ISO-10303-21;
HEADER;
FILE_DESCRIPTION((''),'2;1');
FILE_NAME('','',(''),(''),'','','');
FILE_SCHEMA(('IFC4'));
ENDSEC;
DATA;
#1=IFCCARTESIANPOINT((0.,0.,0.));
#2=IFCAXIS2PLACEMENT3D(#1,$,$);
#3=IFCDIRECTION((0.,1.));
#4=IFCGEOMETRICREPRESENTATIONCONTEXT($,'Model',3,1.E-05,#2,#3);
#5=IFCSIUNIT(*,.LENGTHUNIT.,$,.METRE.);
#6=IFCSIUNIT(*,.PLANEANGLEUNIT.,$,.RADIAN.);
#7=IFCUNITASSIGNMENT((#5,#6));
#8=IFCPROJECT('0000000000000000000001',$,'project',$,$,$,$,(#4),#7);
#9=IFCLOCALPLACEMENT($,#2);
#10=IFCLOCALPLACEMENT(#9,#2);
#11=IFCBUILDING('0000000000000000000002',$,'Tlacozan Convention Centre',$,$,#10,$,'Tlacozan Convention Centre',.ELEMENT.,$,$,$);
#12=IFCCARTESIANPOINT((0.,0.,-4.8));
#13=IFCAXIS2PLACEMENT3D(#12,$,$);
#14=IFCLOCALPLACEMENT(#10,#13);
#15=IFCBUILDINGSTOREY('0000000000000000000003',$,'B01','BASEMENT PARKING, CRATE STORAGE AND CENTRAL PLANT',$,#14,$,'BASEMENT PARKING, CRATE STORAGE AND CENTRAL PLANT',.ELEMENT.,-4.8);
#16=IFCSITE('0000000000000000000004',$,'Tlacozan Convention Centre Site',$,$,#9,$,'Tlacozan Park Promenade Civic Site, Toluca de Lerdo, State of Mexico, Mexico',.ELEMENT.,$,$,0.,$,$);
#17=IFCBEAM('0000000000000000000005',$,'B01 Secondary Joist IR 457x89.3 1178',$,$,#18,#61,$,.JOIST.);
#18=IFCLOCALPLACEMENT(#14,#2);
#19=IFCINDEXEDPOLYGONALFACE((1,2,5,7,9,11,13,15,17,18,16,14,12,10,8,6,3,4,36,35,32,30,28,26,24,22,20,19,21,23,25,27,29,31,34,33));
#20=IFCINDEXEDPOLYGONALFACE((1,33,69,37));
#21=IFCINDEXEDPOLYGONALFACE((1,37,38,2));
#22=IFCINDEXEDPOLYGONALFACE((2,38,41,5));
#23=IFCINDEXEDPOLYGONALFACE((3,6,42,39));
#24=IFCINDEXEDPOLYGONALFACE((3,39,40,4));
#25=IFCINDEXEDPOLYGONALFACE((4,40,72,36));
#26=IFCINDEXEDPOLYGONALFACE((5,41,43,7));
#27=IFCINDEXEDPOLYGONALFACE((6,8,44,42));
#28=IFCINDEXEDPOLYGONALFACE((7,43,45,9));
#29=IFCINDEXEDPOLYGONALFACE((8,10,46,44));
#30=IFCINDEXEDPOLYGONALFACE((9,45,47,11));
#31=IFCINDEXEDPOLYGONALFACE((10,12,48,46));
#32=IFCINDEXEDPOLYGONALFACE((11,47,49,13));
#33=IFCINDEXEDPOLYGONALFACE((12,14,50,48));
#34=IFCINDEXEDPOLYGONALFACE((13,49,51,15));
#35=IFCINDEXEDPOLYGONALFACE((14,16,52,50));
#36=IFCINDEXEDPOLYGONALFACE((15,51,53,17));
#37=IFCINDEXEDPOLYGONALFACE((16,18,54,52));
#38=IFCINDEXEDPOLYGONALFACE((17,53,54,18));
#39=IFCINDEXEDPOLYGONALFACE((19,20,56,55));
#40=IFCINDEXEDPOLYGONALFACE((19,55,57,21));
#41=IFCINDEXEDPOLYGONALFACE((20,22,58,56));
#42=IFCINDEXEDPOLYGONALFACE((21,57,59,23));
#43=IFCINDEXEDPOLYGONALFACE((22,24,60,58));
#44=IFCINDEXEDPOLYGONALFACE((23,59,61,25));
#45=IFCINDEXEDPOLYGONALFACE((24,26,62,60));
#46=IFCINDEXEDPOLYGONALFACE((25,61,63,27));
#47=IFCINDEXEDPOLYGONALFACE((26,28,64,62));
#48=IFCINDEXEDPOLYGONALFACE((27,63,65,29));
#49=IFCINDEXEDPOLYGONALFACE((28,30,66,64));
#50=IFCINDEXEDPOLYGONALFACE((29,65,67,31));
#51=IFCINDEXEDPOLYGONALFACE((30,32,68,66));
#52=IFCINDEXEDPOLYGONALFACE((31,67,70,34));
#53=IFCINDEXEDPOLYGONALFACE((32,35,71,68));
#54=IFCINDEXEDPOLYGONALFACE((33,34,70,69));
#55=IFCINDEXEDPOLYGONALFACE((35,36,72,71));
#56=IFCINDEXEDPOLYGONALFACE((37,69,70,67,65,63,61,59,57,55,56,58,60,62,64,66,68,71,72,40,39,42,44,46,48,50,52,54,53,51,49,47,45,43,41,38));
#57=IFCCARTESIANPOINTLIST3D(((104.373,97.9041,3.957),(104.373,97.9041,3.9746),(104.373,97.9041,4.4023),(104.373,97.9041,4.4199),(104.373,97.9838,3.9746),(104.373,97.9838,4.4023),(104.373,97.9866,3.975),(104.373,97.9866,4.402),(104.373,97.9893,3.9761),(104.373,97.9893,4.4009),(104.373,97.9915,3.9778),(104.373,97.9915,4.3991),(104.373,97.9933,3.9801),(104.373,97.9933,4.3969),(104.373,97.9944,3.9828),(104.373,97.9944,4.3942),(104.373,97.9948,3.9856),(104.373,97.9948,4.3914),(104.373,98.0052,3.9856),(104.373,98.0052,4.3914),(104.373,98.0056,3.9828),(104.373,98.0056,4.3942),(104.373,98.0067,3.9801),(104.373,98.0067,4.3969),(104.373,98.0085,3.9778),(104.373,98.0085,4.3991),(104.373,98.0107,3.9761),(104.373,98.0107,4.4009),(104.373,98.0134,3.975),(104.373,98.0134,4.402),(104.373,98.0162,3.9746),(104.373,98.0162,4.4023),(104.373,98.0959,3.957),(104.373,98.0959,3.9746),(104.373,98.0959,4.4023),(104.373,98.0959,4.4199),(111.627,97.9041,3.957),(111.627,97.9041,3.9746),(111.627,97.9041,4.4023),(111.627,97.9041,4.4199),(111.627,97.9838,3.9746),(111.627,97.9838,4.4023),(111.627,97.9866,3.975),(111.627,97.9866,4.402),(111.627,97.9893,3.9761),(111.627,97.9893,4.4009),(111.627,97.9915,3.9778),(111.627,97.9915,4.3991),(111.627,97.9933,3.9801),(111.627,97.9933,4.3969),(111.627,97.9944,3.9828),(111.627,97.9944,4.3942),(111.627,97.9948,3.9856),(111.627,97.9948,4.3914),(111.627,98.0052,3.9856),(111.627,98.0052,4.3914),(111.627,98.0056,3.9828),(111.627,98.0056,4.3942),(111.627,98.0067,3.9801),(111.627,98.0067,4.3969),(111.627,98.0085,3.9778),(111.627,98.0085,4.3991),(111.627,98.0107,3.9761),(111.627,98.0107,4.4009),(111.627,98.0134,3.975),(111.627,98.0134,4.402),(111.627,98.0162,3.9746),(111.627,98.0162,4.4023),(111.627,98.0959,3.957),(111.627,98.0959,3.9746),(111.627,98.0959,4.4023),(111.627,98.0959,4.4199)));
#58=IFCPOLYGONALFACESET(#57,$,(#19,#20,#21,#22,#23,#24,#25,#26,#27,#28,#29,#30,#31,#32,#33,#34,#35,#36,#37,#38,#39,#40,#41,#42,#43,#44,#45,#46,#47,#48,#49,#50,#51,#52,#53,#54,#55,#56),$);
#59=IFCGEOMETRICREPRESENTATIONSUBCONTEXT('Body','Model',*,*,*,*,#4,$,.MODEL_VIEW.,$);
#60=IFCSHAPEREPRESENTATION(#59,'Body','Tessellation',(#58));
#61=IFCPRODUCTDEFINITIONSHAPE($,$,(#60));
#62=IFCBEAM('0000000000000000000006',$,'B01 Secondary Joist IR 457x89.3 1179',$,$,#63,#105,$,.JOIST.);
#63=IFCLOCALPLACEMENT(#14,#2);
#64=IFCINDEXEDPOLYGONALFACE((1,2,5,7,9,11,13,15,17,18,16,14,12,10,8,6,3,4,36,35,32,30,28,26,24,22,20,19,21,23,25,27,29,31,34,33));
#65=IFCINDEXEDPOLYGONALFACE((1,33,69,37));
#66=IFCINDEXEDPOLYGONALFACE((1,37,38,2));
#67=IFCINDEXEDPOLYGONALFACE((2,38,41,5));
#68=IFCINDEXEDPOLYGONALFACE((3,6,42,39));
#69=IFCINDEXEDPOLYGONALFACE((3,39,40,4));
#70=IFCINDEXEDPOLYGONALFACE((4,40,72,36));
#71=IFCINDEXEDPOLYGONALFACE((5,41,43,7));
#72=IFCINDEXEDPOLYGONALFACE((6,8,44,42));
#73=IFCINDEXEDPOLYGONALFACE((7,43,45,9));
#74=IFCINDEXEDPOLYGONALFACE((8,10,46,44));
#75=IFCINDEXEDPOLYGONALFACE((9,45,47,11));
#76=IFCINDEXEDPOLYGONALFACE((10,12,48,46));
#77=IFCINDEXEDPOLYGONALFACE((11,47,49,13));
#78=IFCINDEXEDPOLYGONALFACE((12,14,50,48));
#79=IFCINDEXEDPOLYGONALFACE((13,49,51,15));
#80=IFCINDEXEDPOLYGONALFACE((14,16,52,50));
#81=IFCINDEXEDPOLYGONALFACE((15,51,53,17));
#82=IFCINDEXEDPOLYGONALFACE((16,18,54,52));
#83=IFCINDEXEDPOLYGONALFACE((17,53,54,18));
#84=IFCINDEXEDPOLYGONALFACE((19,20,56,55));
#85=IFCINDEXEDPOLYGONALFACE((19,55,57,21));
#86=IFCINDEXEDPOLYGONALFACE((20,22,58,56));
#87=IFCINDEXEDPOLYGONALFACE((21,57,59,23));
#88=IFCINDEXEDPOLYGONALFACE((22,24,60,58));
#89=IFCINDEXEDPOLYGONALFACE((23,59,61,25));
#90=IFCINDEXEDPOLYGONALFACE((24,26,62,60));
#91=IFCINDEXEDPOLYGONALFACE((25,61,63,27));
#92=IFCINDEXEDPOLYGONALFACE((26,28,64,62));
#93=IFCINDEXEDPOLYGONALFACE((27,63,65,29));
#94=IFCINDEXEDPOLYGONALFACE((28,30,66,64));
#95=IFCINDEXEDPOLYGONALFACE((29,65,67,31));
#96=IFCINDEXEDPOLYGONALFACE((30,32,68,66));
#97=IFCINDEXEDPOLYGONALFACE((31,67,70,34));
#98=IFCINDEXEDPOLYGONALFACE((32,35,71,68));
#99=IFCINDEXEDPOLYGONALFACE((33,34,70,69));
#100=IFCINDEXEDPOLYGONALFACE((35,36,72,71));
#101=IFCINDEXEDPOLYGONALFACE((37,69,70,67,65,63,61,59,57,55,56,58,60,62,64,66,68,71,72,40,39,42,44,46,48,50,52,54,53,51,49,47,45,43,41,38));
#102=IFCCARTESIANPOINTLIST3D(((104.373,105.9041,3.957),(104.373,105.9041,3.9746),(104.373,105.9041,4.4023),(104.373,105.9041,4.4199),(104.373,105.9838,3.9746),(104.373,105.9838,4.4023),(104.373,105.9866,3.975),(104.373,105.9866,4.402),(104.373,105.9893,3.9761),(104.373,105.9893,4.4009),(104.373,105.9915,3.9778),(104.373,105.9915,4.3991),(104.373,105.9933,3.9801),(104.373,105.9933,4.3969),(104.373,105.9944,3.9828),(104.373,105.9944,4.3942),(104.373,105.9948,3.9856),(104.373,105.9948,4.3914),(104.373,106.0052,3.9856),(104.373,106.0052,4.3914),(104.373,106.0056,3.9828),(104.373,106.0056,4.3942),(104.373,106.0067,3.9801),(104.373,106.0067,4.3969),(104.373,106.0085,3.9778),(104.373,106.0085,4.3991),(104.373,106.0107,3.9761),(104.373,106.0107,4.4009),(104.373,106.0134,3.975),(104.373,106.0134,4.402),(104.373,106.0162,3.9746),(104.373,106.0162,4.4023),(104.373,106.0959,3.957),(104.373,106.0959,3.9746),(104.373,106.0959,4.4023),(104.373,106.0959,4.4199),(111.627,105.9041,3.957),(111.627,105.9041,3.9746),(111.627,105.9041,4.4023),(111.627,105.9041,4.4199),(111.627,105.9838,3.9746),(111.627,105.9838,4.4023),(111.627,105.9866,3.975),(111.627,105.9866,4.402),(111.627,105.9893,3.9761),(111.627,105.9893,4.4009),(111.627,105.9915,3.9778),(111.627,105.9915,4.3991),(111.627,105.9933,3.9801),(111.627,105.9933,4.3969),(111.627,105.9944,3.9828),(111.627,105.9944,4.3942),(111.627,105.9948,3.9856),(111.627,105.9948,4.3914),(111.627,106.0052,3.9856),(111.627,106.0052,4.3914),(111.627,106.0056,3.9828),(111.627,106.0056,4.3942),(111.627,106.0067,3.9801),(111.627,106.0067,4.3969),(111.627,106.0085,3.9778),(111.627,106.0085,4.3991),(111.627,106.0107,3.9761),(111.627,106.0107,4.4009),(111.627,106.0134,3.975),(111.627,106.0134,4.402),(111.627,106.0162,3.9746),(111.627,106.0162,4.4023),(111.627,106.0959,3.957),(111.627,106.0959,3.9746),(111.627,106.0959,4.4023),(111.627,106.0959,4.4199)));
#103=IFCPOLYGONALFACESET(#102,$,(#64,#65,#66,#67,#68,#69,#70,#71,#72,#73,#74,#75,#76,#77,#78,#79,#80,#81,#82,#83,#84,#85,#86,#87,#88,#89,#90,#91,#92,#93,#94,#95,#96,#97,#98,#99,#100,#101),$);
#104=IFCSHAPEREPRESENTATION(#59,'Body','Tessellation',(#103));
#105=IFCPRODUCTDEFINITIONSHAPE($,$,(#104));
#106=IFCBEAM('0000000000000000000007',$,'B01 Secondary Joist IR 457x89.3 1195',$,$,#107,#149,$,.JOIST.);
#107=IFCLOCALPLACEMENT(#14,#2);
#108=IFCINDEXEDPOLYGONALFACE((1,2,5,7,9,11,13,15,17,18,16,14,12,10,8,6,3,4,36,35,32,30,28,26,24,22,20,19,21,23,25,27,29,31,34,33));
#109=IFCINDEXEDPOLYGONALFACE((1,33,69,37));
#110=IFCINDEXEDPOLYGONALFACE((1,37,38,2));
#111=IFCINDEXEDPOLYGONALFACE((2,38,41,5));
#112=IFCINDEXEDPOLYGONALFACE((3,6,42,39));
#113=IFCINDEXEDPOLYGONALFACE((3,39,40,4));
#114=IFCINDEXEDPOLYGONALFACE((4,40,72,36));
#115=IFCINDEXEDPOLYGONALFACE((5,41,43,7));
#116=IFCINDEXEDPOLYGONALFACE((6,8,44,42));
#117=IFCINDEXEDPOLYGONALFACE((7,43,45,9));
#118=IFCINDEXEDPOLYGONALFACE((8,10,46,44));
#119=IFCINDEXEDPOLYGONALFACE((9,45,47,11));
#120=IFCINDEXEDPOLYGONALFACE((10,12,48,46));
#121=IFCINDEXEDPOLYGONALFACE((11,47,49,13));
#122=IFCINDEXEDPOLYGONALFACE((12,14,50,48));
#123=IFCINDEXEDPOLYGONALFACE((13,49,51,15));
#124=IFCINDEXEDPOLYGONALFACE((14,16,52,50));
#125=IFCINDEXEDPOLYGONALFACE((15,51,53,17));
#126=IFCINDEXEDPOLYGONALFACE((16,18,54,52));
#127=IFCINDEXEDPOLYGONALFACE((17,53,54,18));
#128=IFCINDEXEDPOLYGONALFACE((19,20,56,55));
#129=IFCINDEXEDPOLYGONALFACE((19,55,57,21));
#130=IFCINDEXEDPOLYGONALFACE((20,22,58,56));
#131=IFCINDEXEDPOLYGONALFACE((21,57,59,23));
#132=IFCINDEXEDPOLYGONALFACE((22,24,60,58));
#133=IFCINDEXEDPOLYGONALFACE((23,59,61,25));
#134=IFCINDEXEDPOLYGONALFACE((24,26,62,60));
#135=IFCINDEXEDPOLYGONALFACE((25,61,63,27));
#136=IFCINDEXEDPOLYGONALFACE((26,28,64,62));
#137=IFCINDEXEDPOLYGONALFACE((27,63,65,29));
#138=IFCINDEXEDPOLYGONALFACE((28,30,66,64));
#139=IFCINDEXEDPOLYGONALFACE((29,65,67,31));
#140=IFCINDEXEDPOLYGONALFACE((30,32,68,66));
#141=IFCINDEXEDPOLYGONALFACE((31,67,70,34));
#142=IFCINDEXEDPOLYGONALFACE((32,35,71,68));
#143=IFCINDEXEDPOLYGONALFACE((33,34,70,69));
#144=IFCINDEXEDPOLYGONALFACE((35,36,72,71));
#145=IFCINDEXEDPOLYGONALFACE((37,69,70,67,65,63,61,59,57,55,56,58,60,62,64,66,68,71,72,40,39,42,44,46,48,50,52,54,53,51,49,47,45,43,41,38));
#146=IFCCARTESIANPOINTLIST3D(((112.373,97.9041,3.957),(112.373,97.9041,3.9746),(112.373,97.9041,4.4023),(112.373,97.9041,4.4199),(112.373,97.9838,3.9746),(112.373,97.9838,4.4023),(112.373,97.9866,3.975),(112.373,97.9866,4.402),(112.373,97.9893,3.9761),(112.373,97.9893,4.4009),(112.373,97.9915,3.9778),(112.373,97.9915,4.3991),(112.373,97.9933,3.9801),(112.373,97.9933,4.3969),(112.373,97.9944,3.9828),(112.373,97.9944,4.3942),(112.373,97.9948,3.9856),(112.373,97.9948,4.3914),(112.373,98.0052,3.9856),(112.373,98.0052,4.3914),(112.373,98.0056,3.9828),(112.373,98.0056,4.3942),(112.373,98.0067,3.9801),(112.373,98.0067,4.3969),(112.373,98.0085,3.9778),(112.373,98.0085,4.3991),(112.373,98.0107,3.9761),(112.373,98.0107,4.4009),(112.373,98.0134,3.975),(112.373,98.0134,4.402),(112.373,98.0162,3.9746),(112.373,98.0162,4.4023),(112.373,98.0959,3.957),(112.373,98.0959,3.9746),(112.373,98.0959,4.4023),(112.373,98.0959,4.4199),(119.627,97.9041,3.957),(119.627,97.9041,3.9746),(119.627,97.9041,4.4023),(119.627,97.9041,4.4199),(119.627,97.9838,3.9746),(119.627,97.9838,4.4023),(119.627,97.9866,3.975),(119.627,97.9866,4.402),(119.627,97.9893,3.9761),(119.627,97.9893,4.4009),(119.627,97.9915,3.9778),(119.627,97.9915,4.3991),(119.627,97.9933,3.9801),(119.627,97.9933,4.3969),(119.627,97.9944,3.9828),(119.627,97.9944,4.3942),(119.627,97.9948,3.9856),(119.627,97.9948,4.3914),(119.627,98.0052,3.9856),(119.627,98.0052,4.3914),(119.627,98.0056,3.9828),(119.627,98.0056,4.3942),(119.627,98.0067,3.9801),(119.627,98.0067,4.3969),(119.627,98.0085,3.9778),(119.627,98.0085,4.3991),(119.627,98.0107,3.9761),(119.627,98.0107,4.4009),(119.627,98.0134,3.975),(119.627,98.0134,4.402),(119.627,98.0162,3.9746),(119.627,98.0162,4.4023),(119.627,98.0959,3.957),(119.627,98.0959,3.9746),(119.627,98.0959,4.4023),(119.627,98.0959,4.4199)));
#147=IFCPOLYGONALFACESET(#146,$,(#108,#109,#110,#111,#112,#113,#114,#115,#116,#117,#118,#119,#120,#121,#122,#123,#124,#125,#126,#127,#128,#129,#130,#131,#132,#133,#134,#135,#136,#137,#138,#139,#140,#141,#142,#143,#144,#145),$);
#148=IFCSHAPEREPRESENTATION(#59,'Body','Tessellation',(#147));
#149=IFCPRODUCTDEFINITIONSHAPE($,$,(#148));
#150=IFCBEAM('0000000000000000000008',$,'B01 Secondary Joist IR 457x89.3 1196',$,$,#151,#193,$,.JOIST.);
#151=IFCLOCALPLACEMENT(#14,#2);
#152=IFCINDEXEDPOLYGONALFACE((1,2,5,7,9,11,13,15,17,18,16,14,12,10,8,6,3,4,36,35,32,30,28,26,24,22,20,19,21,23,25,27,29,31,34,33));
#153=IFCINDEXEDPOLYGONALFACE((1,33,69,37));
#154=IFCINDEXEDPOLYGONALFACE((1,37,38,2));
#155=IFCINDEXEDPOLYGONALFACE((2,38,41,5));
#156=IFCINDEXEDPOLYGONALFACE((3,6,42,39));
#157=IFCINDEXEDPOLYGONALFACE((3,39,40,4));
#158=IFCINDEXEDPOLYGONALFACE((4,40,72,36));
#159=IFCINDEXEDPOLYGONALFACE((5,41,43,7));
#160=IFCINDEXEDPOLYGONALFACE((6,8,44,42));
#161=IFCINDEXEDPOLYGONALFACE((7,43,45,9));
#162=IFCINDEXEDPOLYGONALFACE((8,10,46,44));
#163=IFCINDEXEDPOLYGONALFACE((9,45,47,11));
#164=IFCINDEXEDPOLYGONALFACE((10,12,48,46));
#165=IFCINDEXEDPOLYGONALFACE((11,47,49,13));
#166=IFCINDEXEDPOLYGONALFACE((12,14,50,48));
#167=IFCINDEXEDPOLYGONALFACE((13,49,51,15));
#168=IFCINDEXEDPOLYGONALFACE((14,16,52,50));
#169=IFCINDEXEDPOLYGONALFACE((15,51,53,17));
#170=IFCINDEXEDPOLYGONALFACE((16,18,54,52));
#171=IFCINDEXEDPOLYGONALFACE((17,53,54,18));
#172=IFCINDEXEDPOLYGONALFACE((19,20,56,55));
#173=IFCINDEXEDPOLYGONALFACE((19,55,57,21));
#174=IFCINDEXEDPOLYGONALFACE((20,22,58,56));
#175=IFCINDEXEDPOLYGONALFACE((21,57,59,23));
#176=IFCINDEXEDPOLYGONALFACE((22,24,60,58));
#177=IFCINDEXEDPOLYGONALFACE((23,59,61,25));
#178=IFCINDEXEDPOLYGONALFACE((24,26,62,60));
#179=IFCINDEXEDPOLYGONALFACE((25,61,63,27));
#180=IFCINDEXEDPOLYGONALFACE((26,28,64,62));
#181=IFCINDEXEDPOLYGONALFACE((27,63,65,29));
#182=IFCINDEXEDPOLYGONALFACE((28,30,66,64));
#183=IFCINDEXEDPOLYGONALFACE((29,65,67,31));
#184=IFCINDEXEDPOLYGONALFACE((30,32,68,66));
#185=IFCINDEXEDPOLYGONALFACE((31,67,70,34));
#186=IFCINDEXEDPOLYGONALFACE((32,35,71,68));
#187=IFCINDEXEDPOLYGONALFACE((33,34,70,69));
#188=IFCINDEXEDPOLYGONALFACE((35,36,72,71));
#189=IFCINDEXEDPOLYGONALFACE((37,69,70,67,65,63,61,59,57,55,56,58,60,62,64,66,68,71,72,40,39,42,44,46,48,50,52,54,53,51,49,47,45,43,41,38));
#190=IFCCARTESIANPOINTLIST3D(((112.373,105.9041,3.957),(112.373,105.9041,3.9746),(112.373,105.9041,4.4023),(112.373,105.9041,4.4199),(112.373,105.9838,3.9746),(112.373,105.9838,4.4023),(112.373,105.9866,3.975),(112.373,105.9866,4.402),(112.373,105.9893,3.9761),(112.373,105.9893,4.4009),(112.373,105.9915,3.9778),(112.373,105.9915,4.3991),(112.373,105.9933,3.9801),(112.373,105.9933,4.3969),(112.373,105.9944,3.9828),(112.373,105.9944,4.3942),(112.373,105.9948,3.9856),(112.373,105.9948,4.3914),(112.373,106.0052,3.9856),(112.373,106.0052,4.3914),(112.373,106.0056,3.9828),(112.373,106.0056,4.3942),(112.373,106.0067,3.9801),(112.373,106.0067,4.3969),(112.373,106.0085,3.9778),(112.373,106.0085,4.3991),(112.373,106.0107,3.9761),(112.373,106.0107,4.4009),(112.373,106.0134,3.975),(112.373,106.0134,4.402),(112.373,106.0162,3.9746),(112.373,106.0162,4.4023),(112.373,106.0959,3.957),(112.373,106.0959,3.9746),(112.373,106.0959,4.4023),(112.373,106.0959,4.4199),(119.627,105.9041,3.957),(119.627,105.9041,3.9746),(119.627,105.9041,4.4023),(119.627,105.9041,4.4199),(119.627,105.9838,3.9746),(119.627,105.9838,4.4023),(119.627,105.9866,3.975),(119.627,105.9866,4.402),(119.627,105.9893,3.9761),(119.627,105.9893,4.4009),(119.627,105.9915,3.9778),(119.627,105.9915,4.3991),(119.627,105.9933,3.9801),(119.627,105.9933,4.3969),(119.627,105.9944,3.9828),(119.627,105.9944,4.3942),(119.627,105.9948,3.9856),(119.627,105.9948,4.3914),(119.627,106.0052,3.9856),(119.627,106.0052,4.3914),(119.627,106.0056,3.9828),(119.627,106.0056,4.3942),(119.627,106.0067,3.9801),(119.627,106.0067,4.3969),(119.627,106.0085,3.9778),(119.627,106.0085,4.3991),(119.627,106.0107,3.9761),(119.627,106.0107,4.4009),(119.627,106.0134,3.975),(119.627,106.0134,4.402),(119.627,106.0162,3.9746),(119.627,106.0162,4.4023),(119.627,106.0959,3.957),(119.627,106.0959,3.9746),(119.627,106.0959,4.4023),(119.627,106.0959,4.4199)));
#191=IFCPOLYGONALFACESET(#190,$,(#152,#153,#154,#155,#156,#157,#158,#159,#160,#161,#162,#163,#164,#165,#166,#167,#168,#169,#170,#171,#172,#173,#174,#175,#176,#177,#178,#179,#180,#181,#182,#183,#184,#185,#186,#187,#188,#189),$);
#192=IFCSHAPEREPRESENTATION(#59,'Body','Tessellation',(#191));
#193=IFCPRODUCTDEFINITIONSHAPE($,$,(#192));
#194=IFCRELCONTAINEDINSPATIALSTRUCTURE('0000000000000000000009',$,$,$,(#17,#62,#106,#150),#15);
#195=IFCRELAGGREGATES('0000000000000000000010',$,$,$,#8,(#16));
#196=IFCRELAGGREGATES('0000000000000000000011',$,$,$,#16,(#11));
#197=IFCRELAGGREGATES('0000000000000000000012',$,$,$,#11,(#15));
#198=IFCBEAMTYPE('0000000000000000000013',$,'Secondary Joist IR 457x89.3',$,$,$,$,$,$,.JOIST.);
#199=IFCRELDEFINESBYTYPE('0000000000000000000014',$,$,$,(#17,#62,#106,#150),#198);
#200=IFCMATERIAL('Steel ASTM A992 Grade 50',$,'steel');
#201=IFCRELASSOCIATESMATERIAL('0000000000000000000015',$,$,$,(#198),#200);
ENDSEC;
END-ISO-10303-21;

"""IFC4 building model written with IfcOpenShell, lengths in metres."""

from ifc_helpers import new_model, si_unit, direction, frame, origin, origin_2d, place, context, subcontext, project, spatial, i_section, extrude, material, material_profile, profile_set, type_object, element, save


model = new_model("IFC4")

# Units and contexts
model_context = context("Model", 3, precision=1e-05, world=origin(), true_north=direction((0.0, 1.0)))
body_context = subcontext(model_context, "Body", "Model", "MODEL_VIEW")
ifc_project = project(units=[si_unit("LENGTHUNIT", "METRE"), si_unit("PLANEANGLEUNIT", "RADIAN")], contexts=[model_context])

# Site, building, storey
site_placement = place(None, origin())
site = spatial("IfcSite", under=ifc_project, at=site_placement, Name="Tlacozan Convention Centre Site", LongName="Tlacozan Park Promenade Civic Site, Toluca de Lerdo, State of Mexico, Mexico", CompositionType="ELEMENT", RefElevation=0.0)
building_placement = place(site_placement, origin())
building = spatial("IfcBuilding", under=site, at=building_placement, Name="Tlacozan Convention Centre", LongName="Tlacozan Convention Centre", CompositionType="ELEMENT")
storey_placement = place(building_placement, frame((0.0, 0.0, -4.8)))
storey = spatial("IfcBuildingStorey", under=building, at=storey_placement, Name="B01", Description="BASEMENT PARKING, CRATE STORAGE AND CENTRAL PLANT", LongName="BASEMENT PARKING, CRATE STORAGE AND CENTRAL PLANT", CompositionType="ELEMENT", Elevation=-4.8)

# Beams
ifc_material_1 = material(Name="Steel ASTM A992 Grade 50", Category="steel")
ifc_material_profile_1 = material_profile(ifc_material_1, i_section(OverallWidth=0.1919, OverallDepth=0.4629, WebThickness=0.0105, FlangeThickness=0.0176, FilletRadius=0.011, at=origin_2d()), Name="IR 457x89.3")
ifc_profile_set_1 = profile_set([ifc_material_profile_1], Name="Steel ASTM A992 Grade 50")
beam_type_1 = type_object("IfcBeamType", Name="Secondary Joist IR 457x89.3", PredefinedType="JOIST", material=ifc_profile_set_1)
for number, where, z_axis, x_axis, name in (
    (1, (104.373, 98.0, 4.1885), (1.0, 0.0, 0.0), (0.0, 1.0, 0.0), "B01 Secondary Joist IR 457x89.3 1178"),
    (2, (104.373, 106.0, 4.1885), (1.0, 0.0, 0.0), (0.0, 1.0, 0.0), "B01 Secondary Joist IR 457x89.3 1179"),
    (3, (112.373, 98.0, 4.1885), (1.0, 0.0, 0.0), (0.0, 1.0, 0.0), "B01 Secondary Joist IR 457x89.3 1195"),
    (4, (112.373, 106.0, 4.1885), (1.0, 0.0, 0.0), (0.0, 1.0, 0.0), "B01 Secondary Joist IR 457x89.3 1196"),
):
    element("IfcBeam", number, at=place(storey_placement, frame(where, z_axis=z_axis, x_axis=x_axis)), inside=storey, type_object=beam_type_1, Name=name, PredefinedType="JOIST", context=body_context, shape_type="SweptSolid", body=[
        extrude(i_section(OverallWidth=0.1919, OverallDepth=0.4629, WebThickness=0.0105, FlangeThickness=0.0176, FilletRadius=0.011, at=origin_2d()), origin(), (0.0, 0.0, 1.0), 7.2539),
    ])

save(model, "model.ifc")
